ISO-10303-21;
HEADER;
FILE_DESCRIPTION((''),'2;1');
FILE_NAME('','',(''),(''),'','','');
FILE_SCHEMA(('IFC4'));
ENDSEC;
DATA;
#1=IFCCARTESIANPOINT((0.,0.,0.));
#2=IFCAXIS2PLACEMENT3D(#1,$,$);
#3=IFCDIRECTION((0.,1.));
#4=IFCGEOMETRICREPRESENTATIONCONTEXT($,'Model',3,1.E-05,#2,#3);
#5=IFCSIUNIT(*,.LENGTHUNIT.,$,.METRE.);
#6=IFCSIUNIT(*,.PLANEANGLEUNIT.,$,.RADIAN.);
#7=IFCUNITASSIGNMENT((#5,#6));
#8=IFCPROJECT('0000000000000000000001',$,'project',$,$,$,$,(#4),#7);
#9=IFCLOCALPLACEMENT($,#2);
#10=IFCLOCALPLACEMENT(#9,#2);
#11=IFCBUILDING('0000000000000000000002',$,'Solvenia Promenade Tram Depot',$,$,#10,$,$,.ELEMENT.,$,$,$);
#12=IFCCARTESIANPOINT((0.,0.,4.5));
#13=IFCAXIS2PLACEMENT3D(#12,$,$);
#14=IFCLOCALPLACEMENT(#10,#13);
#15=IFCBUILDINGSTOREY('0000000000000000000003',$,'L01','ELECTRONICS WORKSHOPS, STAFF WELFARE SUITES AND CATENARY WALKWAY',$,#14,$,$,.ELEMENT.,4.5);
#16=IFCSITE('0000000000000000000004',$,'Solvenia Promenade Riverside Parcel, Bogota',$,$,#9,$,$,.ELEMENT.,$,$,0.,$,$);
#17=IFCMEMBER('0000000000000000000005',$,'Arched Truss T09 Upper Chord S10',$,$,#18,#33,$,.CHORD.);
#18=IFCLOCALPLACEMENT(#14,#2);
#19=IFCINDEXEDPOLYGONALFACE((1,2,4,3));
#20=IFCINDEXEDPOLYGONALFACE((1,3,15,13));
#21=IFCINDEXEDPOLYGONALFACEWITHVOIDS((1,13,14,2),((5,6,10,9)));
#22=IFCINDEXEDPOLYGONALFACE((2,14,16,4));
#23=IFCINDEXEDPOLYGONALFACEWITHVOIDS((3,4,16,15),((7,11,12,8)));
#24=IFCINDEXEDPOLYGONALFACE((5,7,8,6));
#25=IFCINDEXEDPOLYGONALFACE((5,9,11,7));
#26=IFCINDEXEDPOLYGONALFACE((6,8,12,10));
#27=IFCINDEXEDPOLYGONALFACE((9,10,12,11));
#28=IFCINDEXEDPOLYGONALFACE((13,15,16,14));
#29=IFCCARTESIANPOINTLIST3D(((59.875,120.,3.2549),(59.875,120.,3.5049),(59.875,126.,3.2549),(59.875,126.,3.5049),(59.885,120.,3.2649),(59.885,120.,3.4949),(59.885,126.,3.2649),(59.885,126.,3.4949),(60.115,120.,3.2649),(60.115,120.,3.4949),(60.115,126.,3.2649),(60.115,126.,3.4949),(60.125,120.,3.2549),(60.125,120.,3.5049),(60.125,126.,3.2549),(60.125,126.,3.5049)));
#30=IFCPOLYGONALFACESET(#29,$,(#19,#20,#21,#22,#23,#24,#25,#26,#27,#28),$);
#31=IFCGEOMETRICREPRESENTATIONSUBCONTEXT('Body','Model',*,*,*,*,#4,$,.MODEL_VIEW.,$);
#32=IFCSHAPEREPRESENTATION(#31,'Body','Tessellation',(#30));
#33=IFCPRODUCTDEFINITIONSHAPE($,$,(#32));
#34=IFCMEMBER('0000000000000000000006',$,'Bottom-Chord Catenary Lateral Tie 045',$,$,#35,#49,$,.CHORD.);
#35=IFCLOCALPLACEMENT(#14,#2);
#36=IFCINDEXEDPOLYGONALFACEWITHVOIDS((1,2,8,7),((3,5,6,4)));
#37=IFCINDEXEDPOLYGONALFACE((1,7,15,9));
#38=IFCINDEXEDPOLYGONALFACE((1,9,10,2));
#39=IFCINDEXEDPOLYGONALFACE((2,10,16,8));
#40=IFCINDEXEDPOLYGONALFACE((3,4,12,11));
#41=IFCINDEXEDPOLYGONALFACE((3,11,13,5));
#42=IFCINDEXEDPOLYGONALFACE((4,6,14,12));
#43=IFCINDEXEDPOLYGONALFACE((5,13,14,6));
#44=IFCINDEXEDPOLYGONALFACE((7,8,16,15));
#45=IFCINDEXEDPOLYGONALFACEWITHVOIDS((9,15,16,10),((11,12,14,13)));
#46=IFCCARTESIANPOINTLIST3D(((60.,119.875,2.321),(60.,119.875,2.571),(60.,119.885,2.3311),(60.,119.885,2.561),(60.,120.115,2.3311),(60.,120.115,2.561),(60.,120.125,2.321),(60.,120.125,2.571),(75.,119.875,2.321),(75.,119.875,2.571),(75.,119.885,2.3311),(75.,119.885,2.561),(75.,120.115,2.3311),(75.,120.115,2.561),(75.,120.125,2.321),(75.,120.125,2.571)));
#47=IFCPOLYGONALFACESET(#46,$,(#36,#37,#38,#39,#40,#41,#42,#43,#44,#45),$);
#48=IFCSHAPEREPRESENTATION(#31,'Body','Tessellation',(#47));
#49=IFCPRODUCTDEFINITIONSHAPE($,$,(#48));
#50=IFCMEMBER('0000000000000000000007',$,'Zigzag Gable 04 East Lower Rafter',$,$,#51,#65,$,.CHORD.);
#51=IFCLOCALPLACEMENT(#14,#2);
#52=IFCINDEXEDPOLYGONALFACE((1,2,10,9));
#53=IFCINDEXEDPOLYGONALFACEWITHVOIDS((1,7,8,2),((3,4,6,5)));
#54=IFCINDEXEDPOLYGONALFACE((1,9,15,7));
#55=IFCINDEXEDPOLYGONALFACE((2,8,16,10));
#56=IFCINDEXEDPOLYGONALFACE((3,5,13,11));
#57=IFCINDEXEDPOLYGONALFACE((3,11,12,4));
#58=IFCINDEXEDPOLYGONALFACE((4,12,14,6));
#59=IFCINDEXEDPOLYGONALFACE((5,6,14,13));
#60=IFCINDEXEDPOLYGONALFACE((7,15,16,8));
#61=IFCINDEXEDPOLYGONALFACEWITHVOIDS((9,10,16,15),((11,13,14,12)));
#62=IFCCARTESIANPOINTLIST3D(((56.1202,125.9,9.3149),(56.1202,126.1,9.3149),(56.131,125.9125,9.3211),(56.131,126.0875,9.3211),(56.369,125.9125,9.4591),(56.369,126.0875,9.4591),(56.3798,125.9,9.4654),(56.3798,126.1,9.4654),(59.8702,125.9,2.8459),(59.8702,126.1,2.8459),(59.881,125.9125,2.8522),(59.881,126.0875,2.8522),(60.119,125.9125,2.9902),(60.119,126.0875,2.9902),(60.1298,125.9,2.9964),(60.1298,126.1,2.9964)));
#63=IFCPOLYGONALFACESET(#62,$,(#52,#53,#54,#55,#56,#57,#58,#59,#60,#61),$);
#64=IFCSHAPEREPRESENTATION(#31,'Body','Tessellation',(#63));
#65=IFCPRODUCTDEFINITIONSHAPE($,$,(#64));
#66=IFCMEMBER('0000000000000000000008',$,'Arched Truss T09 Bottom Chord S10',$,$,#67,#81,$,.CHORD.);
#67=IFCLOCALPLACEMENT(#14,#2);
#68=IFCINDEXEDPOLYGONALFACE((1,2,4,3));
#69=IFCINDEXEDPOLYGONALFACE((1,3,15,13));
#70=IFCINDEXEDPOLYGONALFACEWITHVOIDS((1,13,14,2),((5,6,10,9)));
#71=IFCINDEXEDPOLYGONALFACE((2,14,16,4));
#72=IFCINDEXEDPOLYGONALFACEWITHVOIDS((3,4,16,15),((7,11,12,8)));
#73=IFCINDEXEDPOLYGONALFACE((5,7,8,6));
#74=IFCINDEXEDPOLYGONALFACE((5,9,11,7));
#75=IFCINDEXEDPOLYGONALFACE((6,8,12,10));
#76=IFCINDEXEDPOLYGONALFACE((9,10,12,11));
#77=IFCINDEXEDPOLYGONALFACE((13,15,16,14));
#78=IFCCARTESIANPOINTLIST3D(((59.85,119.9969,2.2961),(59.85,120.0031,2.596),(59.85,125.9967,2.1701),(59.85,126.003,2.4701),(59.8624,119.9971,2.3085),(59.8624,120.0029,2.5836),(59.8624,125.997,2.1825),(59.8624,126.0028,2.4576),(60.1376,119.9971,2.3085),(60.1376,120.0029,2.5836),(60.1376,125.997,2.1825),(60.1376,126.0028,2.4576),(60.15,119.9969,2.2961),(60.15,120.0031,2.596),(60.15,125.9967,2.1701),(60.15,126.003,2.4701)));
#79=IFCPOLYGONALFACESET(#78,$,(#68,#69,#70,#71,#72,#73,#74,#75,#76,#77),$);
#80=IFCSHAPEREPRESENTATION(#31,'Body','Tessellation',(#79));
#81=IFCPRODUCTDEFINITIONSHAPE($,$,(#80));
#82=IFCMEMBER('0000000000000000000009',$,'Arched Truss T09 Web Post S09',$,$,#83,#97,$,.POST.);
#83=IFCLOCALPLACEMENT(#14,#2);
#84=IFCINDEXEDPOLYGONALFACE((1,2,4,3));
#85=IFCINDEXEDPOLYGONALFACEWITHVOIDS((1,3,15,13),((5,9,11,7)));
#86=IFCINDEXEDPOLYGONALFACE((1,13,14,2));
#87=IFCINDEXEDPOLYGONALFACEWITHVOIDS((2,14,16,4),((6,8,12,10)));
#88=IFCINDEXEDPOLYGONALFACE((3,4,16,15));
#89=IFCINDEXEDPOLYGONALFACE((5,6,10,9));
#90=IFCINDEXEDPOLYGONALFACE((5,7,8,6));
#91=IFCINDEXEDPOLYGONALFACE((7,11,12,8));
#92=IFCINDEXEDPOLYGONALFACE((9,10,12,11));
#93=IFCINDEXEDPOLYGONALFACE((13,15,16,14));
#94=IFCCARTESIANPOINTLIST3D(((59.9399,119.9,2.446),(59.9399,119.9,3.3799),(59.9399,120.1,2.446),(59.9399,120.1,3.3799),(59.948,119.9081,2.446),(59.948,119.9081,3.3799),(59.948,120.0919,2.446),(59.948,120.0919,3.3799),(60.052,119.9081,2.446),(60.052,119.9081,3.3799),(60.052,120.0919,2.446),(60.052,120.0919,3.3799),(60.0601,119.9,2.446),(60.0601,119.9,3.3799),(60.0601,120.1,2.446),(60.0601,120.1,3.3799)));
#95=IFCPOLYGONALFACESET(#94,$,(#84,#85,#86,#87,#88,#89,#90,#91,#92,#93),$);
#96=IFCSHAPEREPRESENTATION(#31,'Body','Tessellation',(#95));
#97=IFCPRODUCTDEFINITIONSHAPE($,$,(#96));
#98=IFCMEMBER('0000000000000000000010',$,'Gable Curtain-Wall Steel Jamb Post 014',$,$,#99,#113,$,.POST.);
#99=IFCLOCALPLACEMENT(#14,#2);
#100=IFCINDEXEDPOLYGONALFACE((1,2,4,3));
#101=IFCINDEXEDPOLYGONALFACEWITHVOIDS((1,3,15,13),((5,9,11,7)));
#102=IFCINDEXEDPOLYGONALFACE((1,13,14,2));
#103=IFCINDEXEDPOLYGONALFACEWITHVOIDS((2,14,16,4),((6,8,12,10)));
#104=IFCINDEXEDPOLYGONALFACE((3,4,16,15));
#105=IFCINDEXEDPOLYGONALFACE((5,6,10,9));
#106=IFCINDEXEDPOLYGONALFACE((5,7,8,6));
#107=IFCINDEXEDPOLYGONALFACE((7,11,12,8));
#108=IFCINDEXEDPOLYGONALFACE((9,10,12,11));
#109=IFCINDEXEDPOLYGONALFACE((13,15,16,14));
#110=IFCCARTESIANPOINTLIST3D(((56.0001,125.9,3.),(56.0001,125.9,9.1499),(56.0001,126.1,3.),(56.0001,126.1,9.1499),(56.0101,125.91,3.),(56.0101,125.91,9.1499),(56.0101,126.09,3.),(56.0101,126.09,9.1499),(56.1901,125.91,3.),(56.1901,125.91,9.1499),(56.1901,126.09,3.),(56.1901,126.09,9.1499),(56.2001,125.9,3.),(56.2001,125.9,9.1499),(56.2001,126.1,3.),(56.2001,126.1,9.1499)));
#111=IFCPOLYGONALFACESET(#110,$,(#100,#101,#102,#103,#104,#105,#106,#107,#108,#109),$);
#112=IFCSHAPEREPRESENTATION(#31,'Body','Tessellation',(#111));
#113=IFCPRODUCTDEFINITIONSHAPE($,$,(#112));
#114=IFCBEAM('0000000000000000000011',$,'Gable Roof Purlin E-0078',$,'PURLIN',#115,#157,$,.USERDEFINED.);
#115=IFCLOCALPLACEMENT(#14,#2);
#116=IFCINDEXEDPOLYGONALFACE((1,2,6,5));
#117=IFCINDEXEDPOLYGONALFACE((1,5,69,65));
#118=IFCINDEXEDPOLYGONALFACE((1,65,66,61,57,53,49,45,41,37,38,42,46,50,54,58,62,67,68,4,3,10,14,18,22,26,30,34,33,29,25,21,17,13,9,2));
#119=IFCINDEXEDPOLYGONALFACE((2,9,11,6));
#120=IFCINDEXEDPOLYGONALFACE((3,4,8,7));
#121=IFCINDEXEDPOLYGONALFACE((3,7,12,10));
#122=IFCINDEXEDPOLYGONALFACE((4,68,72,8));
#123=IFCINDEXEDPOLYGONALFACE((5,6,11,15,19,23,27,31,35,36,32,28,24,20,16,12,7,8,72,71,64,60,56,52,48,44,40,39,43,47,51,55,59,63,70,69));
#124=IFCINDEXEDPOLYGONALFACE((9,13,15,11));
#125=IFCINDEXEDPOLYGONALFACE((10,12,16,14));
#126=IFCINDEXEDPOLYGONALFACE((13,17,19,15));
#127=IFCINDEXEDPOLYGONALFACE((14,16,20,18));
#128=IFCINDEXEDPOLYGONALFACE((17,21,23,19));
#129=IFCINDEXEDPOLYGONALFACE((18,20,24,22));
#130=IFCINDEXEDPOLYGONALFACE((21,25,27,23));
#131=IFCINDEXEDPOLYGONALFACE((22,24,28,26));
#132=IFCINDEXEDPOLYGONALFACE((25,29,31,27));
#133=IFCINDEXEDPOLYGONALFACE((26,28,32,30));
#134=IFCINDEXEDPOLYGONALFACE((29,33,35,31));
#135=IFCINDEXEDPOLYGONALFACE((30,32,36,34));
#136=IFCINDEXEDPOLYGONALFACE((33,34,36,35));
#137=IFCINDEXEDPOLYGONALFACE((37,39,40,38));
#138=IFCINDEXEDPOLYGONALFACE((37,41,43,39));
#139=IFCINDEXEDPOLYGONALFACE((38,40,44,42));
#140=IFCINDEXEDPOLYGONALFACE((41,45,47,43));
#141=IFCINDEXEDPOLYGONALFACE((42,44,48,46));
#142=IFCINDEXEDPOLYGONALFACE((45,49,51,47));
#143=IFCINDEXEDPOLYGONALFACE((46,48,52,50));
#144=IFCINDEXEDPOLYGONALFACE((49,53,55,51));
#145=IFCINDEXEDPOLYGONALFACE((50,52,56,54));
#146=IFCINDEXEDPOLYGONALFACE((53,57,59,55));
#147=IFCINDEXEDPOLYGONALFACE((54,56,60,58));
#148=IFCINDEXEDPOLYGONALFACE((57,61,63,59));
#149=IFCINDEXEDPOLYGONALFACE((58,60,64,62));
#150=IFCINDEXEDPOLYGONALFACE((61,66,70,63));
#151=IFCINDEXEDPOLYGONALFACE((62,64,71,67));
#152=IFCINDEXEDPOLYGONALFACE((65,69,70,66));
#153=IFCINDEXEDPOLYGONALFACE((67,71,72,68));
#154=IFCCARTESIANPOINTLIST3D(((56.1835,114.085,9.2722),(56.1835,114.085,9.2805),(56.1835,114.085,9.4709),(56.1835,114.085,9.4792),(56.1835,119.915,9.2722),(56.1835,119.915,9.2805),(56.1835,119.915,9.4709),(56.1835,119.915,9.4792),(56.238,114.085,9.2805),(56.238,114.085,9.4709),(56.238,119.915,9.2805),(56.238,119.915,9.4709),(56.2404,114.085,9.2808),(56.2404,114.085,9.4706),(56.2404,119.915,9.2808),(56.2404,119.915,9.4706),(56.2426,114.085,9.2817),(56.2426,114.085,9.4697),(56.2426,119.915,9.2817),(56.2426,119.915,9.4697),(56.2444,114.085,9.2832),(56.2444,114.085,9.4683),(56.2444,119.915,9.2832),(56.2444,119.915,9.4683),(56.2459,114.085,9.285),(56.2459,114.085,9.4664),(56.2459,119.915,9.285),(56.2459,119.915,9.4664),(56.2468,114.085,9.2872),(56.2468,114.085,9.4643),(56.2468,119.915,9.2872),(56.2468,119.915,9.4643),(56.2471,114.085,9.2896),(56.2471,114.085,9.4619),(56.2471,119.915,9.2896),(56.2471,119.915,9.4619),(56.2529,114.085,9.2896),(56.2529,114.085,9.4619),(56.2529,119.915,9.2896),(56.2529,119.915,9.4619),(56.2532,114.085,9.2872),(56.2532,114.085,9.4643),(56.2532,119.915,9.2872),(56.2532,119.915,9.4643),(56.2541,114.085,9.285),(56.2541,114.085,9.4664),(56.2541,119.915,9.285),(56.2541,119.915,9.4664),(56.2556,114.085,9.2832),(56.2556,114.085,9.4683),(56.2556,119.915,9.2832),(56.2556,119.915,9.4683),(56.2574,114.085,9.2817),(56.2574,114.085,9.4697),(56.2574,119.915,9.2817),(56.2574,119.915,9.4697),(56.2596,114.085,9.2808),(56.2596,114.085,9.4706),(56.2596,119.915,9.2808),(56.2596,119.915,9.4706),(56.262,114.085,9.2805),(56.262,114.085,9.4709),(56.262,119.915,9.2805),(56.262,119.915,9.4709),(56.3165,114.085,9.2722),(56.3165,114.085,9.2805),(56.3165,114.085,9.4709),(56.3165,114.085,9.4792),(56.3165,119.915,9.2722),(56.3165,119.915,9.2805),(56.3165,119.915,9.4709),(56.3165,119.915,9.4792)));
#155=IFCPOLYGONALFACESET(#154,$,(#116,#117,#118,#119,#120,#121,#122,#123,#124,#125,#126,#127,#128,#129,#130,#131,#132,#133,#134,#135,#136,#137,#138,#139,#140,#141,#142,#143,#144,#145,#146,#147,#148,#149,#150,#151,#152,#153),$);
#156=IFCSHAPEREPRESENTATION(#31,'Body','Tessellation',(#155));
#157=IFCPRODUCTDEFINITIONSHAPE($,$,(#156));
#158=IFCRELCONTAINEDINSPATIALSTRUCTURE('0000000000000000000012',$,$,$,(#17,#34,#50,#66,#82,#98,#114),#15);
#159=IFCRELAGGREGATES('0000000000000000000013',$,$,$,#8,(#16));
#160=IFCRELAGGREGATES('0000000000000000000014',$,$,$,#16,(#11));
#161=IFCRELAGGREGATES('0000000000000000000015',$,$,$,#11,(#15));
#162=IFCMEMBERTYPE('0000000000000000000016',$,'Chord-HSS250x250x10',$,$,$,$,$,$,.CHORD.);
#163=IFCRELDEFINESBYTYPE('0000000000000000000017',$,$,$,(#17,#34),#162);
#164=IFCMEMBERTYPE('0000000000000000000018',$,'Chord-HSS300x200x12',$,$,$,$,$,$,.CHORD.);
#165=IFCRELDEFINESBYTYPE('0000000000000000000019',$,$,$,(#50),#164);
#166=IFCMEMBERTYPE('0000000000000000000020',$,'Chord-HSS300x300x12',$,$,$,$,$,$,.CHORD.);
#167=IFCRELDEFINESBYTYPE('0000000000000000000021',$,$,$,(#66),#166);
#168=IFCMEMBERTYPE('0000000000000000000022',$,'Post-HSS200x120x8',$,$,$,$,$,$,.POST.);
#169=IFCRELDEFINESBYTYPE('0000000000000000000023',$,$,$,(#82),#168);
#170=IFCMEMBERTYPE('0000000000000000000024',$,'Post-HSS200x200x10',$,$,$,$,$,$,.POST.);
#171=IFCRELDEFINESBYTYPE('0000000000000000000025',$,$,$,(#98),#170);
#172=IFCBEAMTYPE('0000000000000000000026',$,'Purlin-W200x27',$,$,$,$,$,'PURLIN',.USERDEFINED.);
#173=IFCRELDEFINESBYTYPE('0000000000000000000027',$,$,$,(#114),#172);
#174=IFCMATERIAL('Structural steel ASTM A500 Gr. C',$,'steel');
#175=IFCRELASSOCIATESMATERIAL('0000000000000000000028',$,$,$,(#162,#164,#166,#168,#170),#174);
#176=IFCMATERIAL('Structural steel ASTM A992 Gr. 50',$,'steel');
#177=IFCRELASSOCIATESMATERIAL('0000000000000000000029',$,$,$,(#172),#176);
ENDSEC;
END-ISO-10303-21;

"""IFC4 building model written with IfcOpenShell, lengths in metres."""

from ifc_helpers import new_model, si_unit, direction, frame, origin, origin_2d, place, context, subcontext, project, spatial, hollow_rectangle, i_section, extrude, material, material_profile, profile_set, type_object, element, save


model = new_model("IFC4")

# Units and contexts
model_context = context("Model", 3, precision=1e-05, world=origin(), true_north=direction((0.0, 1.0)))
body_context = subcontext(model_context, "Body", "Model", "MODEL_VIEW")
ifc_project = project(units=[si_unit("LENGTHUNIT", "METRE"), si_unit("PLANEANGLEUNIT", "RADIAN")], contexts=[model_context])

# Site, building, storey
site_placement = place(None, origin())
site = spatial("IfcSite", under=ifc_project, at=site_placement, Name="Solvenia Promenade Riverside Parcel, Bogota", CompositionType="ELEMENT", RefElevation=0.0)
building_placement = place(site_placement, origin())
building = spatial("IfcBuilding", under=site, at=building_placement, Name="Solvenia Promenade Tram Depot", CompositionType="ELEMENT")
storey_placement = place(building_placement, frame((0.0, 0.0, 4.5)))
storey = spatial("IfcBuildingStorey", under=building, at=storey_placement, Name="L01", Description="ELECTRONICS WORKSHOPS, STAFF WELFARE SUITES AND CATENARY WALKWAY", CompositionType="ELEMENT", Elevation=4.5)

# Shared definitions
ifc_material_1 = material(Name="Structural steel ASTM A992 Gr. 50", Category="steel")

# Members
ifc_material_2 = material(Name="Structural steel ASTM A500 Gr. C", Category="steel")
ifc_material_profile_1 = material_profile(ifc_material_2, hollow_rectangle(XDim=0.25, YDim=0.25, WallThickness=0.01, at=origin_2d()), Name="HSS250x250x10", Category="steel")
ifc_profile_set_1 = profile_set([ifc_material_profile_1], Name="Structural steel ASTM A500 Gr. C")
member_type_1 = type_object("IfcMemberType", Name="Chord-HSS250x250x10", PredefinedType="CHORD", material=ifc_profile_set_1)
member_1_placement = place(storey_placement, frame((60.0, 120.0, 3.3799), z_axis=(0.0, 1.0, 0.0), x_axis=(-1.0, 0.0, 0.0)))
element("IfcMember", 1, at=member_1_placement, inside=storey, type_object=member_type_1, Name="Arched Truss T09 Upper Chord S10", PredefinedType="CHORD", context=body_context, shape_type="SweptSolid", body=[
    extrude(hollow_rectangle(XDim=0.25, YDim=0.25, WallThickness=0.01, at=origin_2d()), origin(), (0.0, 0.0, 1.0), 6.0),
])
member_2_placement = place(storey_placement, frame((60.0, 120.0, 2.446), z_axis=(1.0, 0.0, 0.0), x_axis=(0.0, 1.0, 0.0)))
element("IfcMember", 2, at=member_2_placement, inside=storey, type_object=member_type_1, Name="Bottom-Chord Catenary Lateral Tie 045", PredefinedType="CHORD", context=body_context, shape_type="SweptSolid", body=[
    extrude(hollow_rectangle(XDim=0.25, YDim=0.25, WallThickness=0.01, at=origin_2d()), origin(), (0.0, 0.0, 1.0), 15.0),
])
ifc_material_profile_2 = material_profile(ifc_material_2, hollow_rectangle(XDim=0.2, YDim=0.3, WallThickness=0.0125, at=origin_2d()), Name="HSS300x200x12.5", Category="steel")
ifc_profile_set_2 = profile_set([ifc_material_profile_2], Name="Structural steel ASTM A500 Gr. C")
member_type_2 = type_object("IfcMemberType", Name="Chord-HSS300x200x12", PredefinedType="CHORD", material=ifc_profile_set_2)
member_3_placement = place(storey_placement, frame((56.25, 126.0, 9.3901), z_axis=(0.501516, 0.0, -0.865148), x_axis=(0.0, 1.0, 0.0)))
element("IfcMember", 3, at=member_3_placement, inside=storey, type_object=member_type_2, Name="Zigzag Gable 04 East Lower Rafter", PredefinedType="CHORD", context=body_context, shape_type="SweptSolid", body=[
    extrude(hollow_rectangle(XDim=0.2, YDim=0.3, WallThickness=0.0125, at=origin_2d()), origin(), (0.0, 0.0, 1.0), 7.4773),
])
ifc_material_profile_3 = material_profile(ifc_material_2, hollow_rectangle(XDim=0.3, YDim=0.3, WallThickness=0.0125, at=origin_2d()), Name="HSS300x300x12.5", Category="steel")
ifc_profile_set_3 = profile_set([ifc_material_profile_3], Name="Structural steel ASTM A500 Gr. C")
member_type_3 = type_object("IfcMemberType", Name="Chord-HSS300x300x12", PredefinedType="CHORD", material=ifc_profile_set_3)
member_4_placement = place(storey_placement, frame((60.0, 120.0, 2.446), z_axis=(0.0, 0.99978, -0.020991), x_axis=(-1.0, 0.0, 0.0)))
element("IfcMember", 4, at=member_4_placement, inside=storey, type_object=member_type_3, Name="Arched Truss T09 Bottom Chord S10", PredefinedType="CHORD", context=body_context, shape_type="SweptSolid", body=[
    extrude(hollow_rectangle(XDim=0.3, YDim=0.3, WallThickness=0.0125, at=origin_2d()), origin(), (0.0, 0.0, 1.0), 6.0012),
])
ifc_material_profile_4 = material_profile(ifc_material_2, hollow_rectangle(XDim=0.1201, YDim=0.2, WallThickness=0.0081, at=origin_2d()), Name="HSS200x120x8", Category="steel")
ifc_profile_set_4 = profile_set([ifc_material_profile_4], Name="Structural steel ASTM A500 Gr. C")
member_type_4 = type_object("IfcMemberType", Name="Post-HSS200x120x8", PredefinedType="POST", material=ifc_profile_set_4)
member_5_placement = place(storey_placement, frame((60.0, 120.0, 2.446), z_axis=(0.0, 0.0, 1.0), x_axis=(1.0, 0.0, 0.0)))
element("IfcMember", 5, at=member_5_placement, inside=storey, type_object=member_type_4, Name="Arched Truss T09 Web Post S09", PredefinedType="POST", context=body_context, shape_type="SweptSolid", body=[
    extrude(hollow_rectangle(XDim=0.1201, YDim=0.2, WallThickness=0.0081, at=origin_2d()), origin(), (0.0, 0.0, 1.0), 0.9338),
])
ifc_material_profile_5 = material_profile(ifc_material_2, hollow_rectangle(XDim=0.2, YDim=0.2, WallThickness=0.01, at=origin_2d()), Name="HSS200x200x10", Category="steel")
ifc_profile_set_5 = profile_set([ifc_material_profile_5], Name="Structural steel ASTM A500 Gr. C")
member_type_5 = type_object("IfcMemberType", Name="Post-HSS200x200x10", PredefinedType="POST", material=ifc_profile_set_5)
member_6_placement = place(storey_placement, frame((56.1001, 126.0, 3.0), z_axis=(0.0, 0.0, 1.0), x_axis=(1.0, 0.0, 0.0)))
element("IfcMember", 6, at=member_6_placement, inside=storey, type_object=member_type_5, Name="Gable Curtain-Wall Steel Jamb Post 014", PredefinedType="POST", context=body_context, shape_type="SweptSolid", body=[
    extrude(hollow_rectangle(XDim=0.2, YDim=0.2, WallThickness=0.01, at=origin_2d()), origin(), (0.0, 0.0, 1.0), 6.1499),
])

# Beam
ifc_material_profile_6 = material_profile(ifc_material_1, i_section(OverallWidth=0.1331, OverallDepth=0.207, WebThickness=0.0059, FlangeThickness=0.0083, FilletRadius=0.009, at=origin_2d()), Name="W200x27", Category="steel")
ifc_profile_set_6 = profile_set([ifc_material_profile_6], Name="Structural steel ASTM A992 Gr. 50")
beam_type_1 = type_object("IfcBeamType", Name="Purlin-W200x27", ElementType="PURLIN", PredefinedType="USERDEFINED", material=ifc_profile_set_6)
for number, where, z_axis, x_axis, name in (
    (7, (56.25, 114.085, 9.3757), (0.0, 1.0, 0.0), (-1.0, 0.0, 0.0), "Gable Roof Purlin E-0078"),
):
    element("IfcBeam", number, at=place(storey_placement, frame(where, z_axis=z_axis, x_axis=x_axis)), inside=storey, type_object=beam_type_1, Name=name, ObjectType="PURLIN", PredefinedType="USERDEFINED", context=body_context, shape_type="SweptSolid", body=[
        extrude(i_section(OverallWidth=0.1331, OverallDepth=0.207, WebThickness=0.0059, FlangeThickness=0.0083, FilletRadius=0.009, at=origin_2d()), origin(), (0.0, 0.0, 1.0), 5.8301),
    ])

save(model, "model.ifc")
